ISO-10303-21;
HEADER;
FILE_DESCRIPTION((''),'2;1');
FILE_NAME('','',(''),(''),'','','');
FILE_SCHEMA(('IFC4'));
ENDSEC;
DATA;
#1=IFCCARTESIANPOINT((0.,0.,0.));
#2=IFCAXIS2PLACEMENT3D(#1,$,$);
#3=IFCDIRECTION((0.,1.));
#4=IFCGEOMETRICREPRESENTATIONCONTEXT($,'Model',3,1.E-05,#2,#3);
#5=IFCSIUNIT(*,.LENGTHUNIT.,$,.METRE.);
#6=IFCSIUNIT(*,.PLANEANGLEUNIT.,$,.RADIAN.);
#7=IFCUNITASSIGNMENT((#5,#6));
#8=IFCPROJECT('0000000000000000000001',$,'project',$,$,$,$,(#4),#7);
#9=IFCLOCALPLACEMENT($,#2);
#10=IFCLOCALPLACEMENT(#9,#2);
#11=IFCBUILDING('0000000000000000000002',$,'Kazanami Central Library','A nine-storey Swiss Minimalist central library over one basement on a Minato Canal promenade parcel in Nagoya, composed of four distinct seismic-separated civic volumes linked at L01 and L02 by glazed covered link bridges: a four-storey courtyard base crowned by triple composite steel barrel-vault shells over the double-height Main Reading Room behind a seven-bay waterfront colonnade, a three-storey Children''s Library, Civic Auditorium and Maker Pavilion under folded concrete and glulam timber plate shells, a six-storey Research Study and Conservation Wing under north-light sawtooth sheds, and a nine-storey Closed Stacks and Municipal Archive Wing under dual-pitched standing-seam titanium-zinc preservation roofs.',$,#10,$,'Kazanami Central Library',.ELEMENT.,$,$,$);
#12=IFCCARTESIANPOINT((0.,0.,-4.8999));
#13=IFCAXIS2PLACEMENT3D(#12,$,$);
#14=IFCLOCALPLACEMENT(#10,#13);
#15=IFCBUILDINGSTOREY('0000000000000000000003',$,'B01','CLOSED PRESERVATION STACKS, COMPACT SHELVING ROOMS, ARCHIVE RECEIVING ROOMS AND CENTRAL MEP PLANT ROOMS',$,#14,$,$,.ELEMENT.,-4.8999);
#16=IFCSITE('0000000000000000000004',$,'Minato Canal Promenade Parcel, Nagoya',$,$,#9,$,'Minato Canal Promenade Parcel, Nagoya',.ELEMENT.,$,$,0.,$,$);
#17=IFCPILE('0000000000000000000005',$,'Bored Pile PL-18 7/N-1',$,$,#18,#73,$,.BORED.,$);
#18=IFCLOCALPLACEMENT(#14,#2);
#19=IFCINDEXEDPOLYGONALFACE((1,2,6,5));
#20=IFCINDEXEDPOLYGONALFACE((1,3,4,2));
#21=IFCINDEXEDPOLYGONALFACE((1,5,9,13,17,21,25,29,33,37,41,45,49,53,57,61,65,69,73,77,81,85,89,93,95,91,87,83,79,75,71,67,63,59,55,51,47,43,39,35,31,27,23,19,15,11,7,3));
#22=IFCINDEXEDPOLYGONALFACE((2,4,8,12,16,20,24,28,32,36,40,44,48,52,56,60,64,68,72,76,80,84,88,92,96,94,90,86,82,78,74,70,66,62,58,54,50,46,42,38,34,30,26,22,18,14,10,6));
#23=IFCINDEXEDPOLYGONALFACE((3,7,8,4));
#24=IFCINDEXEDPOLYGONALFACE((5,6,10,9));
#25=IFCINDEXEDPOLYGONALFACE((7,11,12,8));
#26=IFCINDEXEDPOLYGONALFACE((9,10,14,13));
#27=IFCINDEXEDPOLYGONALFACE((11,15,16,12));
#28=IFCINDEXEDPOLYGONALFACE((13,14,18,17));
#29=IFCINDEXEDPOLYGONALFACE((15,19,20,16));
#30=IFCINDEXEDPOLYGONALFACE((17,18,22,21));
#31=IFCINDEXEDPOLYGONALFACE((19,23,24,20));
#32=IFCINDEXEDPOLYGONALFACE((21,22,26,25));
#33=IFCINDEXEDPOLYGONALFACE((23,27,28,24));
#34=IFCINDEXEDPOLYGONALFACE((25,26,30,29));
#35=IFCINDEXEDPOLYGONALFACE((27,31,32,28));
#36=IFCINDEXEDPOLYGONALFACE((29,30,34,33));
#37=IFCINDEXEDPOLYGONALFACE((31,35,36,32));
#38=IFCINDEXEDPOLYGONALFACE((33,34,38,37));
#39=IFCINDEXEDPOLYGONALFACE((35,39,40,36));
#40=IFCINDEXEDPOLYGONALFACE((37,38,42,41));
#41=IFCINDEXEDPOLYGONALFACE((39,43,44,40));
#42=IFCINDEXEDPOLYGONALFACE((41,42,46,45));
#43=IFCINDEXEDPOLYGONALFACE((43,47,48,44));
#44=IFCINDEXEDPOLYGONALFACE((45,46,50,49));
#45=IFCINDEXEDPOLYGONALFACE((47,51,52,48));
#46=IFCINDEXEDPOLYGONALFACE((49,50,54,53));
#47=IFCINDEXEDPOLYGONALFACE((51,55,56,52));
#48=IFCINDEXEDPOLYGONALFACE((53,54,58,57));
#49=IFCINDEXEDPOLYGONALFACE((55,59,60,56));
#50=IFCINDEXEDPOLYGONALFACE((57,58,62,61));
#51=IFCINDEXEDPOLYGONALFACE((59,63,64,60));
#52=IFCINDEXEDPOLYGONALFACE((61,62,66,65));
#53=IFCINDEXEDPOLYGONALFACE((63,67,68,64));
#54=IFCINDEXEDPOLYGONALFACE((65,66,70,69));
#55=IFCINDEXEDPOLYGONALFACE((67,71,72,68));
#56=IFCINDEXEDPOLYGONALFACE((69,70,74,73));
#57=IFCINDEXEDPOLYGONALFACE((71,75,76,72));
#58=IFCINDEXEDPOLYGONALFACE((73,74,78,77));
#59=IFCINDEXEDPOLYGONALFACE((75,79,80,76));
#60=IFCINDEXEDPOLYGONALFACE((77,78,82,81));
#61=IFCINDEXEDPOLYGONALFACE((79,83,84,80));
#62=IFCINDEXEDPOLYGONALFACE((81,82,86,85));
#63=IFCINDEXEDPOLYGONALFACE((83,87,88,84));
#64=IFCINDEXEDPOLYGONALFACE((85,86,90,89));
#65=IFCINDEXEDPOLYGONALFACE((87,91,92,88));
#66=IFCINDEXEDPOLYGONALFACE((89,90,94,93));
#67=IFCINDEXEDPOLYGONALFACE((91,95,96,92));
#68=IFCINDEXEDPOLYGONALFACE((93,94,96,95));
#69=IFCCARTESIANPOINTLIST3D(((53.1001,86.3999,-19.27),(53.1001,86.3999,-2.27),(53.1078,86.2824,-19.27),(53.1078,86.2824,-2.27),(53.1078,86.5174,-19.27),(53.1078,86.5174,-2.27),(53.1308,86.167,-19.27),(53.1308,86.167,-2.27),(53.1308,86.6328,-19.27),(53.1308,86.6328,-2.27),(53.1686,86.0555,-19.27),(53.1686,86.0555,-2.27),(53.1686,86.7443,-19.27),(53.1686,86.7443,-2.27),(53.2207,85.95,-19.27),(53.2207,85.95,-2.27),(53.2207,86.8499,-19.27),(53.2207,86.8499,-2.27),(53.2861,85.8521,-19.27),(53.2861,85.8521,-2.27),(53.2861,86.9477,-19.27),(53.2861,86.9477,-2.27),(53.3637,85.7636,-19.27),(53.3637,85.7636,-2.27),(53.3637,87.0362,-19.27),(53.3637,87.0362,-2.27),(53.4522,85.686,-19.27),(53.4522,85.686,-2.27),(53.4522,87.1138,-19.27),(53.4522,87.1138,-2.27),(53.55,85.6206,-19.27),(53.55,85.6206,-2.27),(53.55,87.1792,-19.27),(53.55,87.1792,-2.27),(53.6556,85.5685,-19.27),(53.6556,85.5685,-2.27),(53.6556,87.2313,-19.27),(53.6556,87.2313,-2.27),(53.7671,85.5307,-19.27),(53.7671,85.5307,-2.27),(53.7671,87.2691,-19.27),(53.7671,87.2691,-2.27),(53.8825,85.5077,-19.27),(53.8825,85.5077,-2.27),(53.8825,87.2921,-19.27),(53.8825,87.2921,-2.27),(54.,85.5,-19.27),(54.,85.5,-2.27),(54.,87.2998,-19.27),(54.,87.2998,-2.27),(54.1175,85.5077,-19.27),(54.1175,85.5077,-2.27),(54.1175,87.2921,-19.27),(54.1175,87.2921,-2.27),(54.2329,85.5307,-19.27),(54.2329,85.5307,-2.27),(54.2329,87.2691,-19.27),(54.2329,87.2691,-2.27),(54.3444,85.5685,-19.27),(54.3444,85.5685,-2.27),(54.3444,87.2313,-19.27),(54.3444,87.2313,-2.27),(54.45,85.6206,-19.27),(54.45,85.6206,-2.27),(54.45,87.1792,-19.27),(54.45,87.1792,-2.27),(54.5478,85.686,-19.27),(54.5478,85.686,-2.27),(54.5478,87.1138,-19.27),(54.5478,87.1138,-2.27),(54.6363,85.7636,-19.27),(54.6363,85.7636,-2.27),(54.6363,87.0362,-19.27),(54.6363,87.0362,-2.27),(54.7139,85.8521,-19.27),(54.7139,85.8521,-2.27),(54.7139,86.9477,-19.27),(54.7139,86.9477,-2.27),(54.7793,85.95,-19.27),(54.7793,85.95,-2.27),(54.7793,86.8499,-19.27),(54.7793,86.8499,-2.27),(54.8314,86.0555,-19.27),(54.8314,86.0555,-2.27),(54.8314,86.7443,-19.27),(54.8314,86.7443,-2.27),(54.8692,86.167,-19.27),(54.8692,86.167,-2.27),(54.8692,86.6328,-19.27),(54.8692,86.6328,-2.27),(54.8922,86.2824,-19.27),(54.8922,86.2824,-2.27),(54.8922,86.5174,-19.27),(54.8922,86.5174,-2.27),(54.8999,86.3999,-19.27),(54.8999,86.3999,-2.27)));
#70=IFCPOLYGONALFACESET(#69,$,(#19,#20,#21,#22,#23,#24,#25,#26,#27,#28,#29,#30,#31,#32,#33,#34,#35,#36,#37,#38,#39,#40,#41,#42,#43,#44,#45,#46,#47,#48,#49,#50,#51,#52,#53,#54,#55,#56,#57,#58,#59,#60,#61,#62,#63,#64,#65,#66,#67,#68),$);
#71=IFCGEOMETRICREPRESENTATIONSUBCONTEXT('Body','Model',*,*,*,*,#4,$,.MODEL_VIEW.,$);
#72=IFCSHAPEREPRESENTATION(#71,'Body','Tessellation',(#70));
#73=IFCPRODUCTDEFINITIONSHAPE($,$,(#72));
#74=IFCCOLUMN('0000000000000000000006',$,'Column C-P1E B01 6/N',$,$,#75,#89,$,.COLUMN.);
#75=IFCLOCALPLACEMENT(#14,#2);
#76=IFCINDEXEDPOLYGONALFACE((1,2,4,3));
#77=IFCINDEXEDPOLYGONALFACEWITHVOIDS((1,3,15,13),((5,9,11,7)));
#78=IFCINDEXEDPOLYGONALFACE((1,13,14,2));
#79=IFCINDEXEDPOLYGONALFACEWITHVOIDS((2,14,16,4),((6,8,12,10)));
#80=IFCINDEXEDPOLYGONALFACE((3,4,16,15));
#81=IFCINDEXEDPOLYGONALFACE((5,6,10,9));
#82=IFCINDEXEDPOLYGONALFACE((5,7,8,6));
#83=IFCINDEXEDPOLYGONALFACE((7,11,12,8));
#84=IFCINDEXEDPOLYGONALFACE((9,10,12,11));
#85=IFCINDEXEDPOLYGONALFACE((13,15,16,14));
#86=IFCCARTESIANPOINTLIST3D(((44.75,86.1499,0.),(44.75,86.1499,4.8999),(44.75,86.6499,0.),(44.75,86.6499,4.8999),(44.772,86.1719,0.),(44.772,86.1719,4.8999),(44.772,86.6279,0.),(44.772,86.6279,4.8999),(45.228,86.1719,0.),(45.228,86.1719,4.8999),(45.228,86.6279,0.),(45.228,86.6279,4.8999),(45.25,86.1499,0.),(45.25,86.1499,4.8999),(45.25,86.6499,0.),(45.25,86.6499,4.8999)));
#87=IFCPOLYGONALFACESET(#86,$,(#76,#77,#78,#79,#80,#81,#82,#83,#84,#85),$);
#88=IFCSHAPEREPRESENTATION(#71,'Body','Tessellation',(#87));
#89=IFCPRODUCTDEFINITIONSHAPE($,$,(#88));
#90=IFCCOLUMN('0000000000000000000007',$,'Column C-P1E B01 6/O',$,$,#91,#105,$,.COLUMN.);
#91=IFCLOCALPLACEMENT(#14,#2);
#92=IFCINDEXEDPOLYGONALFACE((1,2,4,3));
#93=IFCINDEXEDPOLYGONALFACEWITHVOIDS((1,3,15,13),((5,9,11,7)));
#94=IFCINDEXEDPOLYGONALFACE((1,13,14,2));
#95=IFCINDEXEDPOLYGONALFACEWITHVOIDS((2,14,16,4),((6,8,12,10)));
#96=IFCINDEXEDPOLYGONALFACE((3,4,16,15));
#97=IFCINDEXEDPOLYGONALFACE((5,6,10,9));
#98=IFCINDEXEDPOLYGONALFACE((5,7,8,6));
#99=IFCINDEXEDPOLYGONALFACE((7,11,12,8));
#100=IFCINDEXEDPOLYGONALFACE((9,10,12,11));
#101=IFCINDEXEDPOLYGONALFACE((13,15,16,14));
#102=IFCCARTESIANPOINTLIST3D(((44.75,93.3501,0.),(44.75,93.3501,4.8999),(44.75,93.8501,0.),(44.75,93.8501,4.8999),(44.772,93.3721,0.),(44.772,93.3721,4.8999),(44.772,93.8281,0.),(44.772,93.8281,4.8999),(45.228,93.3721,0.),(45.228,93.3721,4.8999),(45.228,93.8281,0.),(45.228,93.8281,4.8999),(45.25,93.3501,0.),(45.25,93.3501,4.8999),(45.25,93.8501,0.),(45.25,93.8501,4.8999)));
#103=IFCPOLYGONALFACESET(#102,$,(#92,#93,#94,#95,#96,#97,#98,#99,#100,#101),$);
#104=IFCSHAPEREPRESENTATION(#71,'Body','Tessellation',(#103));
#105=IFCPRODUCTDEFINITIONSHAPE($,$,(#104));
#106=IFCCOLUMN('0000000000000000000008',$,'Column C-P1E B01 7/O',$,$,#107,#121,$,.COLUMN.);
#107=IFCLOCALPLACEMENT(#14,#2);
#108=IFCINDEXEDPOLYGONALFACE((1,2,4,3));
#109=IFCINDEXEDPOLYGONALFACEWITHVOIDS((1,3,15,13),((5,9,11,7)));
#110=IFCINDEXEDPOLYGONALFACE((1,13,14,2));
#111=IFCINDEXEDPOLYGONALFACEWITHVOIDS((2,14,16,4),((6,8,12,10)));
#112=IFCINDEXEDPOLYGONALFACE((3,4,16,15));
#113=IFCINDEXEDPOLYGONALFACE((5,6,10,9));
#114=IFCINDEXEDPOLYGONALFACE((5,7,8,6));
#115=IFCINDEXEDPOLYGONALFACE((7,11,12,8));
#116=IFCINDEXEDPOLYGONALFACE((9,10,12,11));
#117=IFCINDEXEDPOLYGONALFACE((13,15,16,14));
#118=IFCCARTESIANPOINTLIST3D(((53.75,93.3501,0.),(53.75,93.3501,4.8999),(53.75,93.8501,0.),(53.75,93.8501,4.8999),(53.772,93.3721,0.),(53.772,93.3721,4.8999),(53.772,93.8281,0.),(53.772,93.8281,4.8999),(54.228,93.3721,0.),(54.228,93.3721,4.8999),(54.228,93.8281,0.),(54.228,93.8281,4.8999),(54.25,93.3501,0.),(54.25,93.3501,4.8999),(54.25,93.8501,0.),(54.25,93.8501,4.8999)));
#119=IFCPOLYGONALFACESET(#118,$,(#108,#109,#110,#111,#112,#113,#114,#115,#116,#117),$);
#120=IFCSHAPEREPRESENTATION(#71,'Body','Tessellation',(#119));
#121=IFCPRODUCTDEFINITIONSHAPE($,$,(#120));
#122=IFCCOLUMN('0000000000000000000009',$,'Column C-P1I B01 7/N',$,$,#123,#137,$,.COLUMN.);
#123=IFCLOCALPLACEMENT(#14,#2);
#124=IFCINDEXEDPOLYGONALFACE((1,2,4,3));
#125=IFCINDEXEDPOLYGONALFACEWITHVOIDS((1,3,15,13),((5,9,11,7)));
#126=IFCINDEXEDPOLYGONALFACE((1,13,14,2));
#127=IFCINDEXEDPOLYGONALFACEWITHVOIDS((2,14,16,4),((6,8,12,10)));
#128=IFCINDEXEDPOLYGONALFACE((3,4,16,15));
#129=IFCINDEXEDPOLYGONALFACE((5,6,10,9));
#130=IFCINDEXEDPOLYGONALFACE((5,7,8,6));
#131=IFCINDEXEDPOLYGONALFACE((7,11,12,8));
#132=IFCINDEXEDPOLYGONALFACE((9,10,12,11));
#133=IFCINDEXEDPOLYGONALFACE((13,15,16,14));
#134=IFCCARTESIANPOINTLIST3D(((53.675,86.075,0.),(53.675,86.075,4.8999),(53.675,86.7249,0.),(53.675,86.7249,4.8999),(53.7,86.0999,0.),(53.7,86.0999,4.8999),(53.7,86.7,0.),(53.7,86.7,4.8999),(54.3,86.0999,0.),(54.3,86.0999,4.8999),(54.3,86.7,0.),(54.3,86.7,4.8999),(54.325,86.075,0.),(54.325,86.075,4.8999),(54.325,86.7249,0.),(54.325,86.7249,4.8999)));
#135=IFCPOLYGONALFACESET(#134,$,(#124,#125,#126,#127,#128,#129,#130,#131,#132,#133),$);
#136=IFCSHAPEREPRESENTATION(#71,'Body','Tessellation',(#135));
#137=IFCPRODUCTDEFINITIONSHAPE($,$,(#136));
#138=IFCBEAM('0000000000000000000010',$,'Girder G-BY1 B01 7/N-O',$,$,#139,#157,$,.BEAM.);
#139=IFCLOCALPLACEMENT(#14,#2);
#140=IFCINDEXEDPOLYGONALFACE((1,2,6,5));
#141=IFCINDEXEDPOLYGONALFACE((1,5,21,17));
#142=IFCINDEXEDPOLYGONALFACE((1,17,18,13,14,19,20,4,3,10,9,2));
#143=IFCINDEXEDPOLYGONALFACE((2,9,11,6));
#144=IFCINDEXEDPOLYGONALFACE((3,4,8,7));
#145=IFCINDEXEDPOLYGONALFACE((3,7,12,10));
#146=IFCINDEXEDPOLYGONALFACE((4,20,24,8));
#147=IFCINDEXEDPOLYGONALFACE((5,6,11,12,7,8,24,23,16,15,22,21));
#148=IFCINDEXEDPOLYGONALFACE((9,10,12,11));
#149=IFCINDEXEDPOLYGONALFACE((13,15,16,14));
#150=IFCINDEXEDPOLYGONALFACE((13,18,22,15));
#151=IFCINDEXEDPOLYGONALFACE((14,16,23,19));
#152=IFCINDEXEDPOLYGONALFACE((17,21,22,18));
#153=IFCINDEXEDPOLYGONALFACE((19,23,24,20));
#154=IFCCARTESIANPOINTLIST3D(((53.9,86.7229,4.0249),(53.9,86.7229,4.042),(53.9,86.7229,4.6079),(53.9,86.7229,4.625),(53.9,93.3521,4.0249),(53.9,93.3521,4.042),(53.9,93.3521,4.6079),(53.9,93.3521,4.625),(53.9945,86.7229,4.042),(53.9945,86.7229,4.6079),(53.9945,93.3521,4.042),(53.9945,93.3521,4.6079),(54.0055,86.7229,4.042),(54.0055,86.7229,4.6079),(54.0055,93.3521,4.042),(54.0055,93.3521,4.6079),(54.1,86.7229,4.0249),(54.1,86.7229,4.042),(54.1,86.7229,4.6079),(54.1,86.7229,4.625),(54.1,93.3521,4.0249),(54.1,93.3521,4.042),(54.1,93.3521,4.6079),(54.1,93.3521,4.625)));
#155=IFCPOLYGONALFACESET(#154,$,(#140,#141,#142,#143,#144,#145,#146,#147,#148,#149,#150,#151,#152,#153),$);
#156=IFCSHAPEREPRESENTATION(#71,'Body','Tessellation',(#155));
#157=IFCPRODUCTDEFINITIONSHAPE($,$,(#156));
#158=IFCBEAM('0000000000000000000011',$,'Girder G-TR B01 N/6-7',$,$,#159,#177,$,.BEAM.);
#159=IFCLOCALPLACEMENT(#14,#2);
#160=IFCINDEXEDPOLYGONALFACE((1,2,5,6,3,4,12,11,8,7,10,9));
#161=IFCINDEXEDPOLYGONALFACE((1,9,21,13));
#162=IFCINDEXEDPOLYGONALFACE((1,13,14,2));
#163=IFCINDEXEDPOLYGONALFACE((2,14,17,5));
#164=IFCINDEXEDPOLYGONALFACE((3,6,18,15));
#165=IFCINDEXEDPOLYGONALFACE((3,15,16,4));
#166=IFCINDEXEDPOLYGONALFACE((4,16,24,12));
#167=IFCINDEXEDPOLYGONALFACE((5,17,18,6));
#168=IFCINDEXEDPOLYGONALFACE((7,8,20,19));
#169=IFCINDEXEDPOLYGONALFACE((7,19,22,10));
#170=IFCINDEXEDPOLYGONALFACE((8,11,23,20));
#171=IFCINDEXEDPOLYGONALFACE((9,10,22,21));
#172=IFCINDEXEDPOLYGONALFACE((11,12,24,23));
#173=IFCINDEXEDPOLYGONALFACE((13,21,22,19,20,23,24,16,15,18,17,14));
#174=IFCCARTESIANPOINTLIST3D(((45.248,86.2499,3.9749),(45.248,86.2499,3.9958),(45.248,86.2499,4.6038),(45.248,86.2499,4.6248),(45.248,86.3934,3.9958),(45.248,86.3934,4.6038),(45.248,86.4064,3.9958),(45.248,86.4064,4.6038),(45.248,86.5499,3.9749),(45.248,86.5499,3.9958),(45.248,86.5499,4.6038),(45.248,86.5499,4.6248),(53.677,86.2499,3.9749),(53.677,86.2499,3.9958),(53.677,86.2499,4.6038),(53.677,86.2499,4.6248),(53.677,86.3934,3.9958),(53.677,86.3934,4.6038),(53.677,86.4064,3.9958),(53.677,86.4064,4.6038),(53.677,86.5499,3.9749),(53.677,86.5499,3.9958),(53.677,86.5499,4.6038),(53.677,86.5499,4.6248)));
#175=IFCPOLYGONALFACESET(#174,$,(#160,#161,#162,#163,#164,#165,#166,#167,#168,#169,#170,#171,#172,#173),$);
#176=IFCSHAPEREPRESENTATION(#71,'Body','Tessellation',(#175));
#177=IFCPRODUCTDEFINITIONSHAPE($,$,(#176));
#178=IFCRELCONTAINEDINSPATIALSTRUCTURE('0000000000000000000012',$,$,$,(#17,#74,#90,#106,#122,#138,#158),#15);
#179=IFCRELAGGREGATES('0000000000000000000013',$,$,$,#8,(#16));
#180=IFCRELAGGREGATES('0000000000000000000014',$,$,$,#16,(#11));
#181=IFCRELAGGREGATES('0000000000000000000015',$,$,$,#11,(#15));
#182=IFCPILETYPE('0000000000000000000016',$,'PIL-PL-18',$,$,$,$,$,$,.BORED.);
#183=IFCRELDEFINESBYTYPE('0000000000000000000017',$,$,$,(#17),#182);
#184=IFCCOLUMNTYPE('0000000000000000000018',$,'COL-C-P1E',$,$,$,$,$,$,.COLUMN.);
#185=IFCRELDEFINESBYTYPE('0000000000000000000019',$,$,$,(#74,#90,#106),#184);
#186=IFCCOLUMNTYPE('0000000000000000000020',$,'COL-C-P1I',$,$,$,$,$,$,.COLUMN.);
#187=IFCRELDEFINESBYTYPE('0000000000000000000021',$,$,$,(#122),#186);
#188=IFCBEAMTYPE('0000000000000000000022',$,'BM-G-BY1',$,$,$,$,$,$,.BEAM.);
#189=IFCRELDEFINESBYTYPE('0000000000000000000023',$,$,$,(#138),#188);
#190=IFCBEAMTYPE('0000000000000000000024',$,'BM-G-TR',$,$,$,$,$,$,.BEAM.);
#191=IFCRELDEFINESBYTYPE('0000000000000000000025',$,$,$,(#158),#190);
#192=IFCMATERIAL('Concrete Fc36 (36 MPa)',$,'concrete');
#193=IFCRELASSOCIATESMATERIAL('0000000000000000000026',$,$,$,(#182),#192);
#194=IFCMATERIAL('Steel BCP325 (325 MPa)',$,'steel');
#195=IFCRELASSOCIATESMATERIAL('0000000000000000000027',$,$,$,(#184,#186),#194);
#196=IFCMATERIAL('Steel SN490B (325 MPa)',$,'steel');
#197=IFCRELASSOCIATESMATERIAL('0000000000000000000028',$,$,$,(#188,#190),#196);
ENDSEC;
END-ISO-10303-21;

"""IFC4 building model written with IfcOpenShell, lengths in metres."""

from ifc_helpers import new_model, si_unit, direction, frame, origin, origin_2d, place, context, subcontext, project, spatial, hollow_rectangle, circle, i_section, extrude, material, material_profile, profile_set, type_object, element, save


model = new_model("IFC4")

# Units and contexts
model_context = context("Model", 3, precision=1e-05, world=origin(), true_north=direction((0.0, 1.0)))
body_context = subcontext(model_context, "Body", "Model", "MODEL_VIEW")
ifc_project = project(units=[si_unit("LENGTHUNIT", "METRE"), si_unit("PLANEANGLEUNIT", "RADIAN")], contexts=[model_context])

# Site, building, storey
site_placement = place(None, origin())
site = spatial("IfcSite", under=ifc_project, at=site_placement, Name="Minato Canal Promenade Parcel, Nagoya", LongName="Minato Canal Promenade Parcel, Nagoya", CompositionType="ELEMENT", RefElevation=0.0)
building_placement = place(site_placement, origin())
building = spatial("IfcBuilding", under=site, at=building_placement, Name="Kazanami Central Library", Description="A nine-storey Swiss Minimalist central library over one basement on a Minato Canal promenade parcel in Nagoya, composed of four distinct seismic-separated civic volumes linked at L01 and L02 by glazed covered link bridges: a four-storey courtyard base crowned by triple composite steel barrel-vault shells over the double-height Main Reading Room behind a seven-bay waterfront colonnade, a three-storey Children's Library, Civic Auditorium and Maker Pavilion under folded concrete and glulam timber plate shells, a six-storey Research Study and Conservation Wing under north-light sawtooth sheds, and a nine-storey Closed Stacks and Municipal Archive Wing under dual-pitched standing-seam titanium-zinc preservation roofs.", LongName="Kazanami Central Library", CompositionType="ELEMENT")
storey_placement = place(building_placement, frame((0.0, 0.0, -4.8999)))
storey = spatial("IfcBuildingStorey", under=building, at=storey_placement, Name="B01", Description="CLOSED PRESERVATION STACKS, COMPACT SHELVING ROOMS, ARCHIVE RECEIVING ROOMS AND CENTRAL MEP PLANT ROOMS", CompositionType="ELEMENT", Elevation=-4.8999)

# Shared definitions
ifc_material_1 = material(Name="Concrete Fc36 (36 MPa)", Category="concrete")

# Pile
ifc_material_profile_1 = material_profile(ifc_material_1, circle(Radius=0.8999, at=origin_2d()), Name="BORED-D1800")
ifc_profile_set_1 = profile_set([ifc_material_profile_1], Name="Concrete Fc36 (36 MPa)")
pile_type_1 = type_object("IfcPileType", Name="PIL-PL-18", PredefinedType="BORED", material=ifc_profile_set_1)
pile_1_placement = place(storey_placement, frame((54.0, 86.3999, -2.27), z_axis=(0.0, 0.0, -1.0), x_axis=(1.0, 0.0, 0.0)))
element("IfcPile", 1, at=pile_1_placement, inside=storey, type_object=pile_type_1, Name="Bored Pile PL-18 7/N-1", PredefinedType="BORED", context=body_context, shape_type="SweptSolid", body=[
    extrude(circle(Radius=0.8999, at=origin_2d()), origin(), (0.0, 0.0, 1.0), 17.0),
])

# Columns
ifc_material_2 = material(Name="Steel BCP325 (325 MPa)", Category="steel")
ifc_material_profile_2 = material_profile(ifc_material_2, hollow_rectangle(XDim=0.5, YDim=0.5, WallThickness=0.022, at=origin_2d()), Name="BCP-500x500x22")
ifc_profile_set_2 = profile_set([ifc_material_profile_2], Name="Steel BCP325 (325 MPa)")
column_type_1 = type_object("IfcColumnType", Name="COL-C-P1E", PredefinedType="COLUMN", material=ifc_profile_set_2)
for number, where, z_axis, x_axis, name in (
    (2, (45.0, 86.3999, 0.0), (0.0, 0.0, 1.0), (1.0, 0.0, 0.0), "Column C-P1E B01 6/N"),
    (3, (45.0, 93.6001, 0.0), (0.0, 0.0, 1.0), (1.0, 0.0, 0.0), "Column C-P1E B01 6/O"),
    (4, (54.0, 93.6001, 0.0), (0.0, 0.0, 1.0), (1.0, 0.0, 0.0), "Column C-P1E B01 7/O"),
):
    element("IfcColumn", number, at=place(storey_placement, frame(where, z_axis=z_axis, x_axis=x_axis)), inside=storey, type_object=column_type_1, Name=name, PredefinedType="COLUMN", context=body_context, shape_type="SweptSolid", body=[
        extrude(hollow_rectangle(XDim=0.5, YDim=0.5, WallThickness=0.022, at=origin_2d()), origin(), (0.0, 0.0, 1.0), 4.8999),
    ])
ifc_material_profile_3 = material_profile(ifc_material_2, hollow_rectangle(XDim=0.6499, YDim=0.6499, WallThickness=0.0249, at=origin_2d()), Name="BCP-650x650x25")
ifc_profile_set_3 = profile_set([ifc_material_profile_3], Name="Steel BCP325 (325 MPa)")
column_type_2 = type_object("IfcColumnType", Name="COL-C-P1I", PredefinedType="COLUMN", material=ifc_profile_set_3)
column_placement = place(storey_placement, frame((54.0, 86.3999, 0.0), z_axis=(0.0, 0.0, 1.0), x_axis=(1.0, 0.0, 0.0)))
element("IfcColumn", 5, at=column_placement, inside=storey, type_object=column_type_2, Name="Column C-P1I B01 7/N", PredefinedType="COLUMN", context=body_context, shape_type="SweptSolid", body=[
    extrude(hollow_rectangle(XDim=0.6499, YDim=0.6499, WallThickness=0.0249, at=origin_2d()), origin(), (0.0, 0.0, 1.0), 4.8999),
])

# Beams
ifc_material_3 = material(Name="Steel SN490B (325 MPa)", Category="steel")
ifc_material_profile_4 = material_profile(ifc_material_3, i_section(OverallWidth=0.2, OverallDepth=0.6001, WebThickness=0.011, FlangeThickness=0.0171, at=origin_2d()), Name="H-600x200x11x17")
ifc_profile_set_4 = profile_set([ifc_material_profile_4], Name="Steel SN490B (325 MPa)")
beam_type_1 = type_object("IfcBeamType", Name="BM-G-BY1", PredefinedType="BEAM", material=ifc_profile_set_4)
beam_1_placement = place(storey_placement, frame((54.0, 86.7229, 4.325), z_axis=(0.0, 1.0, 0.0), x_axis=(-1.0, 0.0, 0.0)))
element("IfcBeam", 6, at=beam_1_placement, inside=storey, type_object=beam_type_1, Name="Girder G-BY1 B01 7/N-O", PredefinedType="BEAM", context=body_context, shape_type="SweptSolid", body=[
    extrude(i_section(OverallWidth=0.2, OverallDepth=0.6001, WebThickness=0.011, FlangeThickness=0.0171, at=origin_2d()), origin(), (0.0, 0.0, 1.0), 6.6292),
])
ifc_material_profile_5 = material_profile(ifc_material_3, i_section(OverallWidth=0.3, OverallDepth=0.6499, WebThickness=0.0129, FlangeThickness=0.021, at=origin_2d()), Name="H-650x300x13x21")
ifc_profile_set_5 = profile_set([ifc_material_profile_5], Name="Steel SN490B (325 MPa)")
beam_type_2 = type_object("IfcBeamType", Name="BM-G-TR", PredefinedType="BEAM", material=ifc_profile_set_5)
beam_2_placement = place(storey_placement, frame((45.248, 86.3999, 4.2998), z_axis=(1.0, 0.0, 0.0), x_axis=(0.0, 1.0, 0.0)))
element("IfcBeam", 7, at=beam_2_placement, inside=storey, type_object=beam_type_2, Name="Girder G-TR B01 N/6-7", PredefinedType="BEAM", context=body_context, shape_type="SweptSolid", body=[
    extrude(i_section(OverallWidth=0.3, OverallDepth=0.6499, WebThickness=0.0129, FlangeThickness=0.021, at=origin_2d()), origin(), (0.0, 0.0, 1.0), 8.429),
])

save(model, "model.ifc")
